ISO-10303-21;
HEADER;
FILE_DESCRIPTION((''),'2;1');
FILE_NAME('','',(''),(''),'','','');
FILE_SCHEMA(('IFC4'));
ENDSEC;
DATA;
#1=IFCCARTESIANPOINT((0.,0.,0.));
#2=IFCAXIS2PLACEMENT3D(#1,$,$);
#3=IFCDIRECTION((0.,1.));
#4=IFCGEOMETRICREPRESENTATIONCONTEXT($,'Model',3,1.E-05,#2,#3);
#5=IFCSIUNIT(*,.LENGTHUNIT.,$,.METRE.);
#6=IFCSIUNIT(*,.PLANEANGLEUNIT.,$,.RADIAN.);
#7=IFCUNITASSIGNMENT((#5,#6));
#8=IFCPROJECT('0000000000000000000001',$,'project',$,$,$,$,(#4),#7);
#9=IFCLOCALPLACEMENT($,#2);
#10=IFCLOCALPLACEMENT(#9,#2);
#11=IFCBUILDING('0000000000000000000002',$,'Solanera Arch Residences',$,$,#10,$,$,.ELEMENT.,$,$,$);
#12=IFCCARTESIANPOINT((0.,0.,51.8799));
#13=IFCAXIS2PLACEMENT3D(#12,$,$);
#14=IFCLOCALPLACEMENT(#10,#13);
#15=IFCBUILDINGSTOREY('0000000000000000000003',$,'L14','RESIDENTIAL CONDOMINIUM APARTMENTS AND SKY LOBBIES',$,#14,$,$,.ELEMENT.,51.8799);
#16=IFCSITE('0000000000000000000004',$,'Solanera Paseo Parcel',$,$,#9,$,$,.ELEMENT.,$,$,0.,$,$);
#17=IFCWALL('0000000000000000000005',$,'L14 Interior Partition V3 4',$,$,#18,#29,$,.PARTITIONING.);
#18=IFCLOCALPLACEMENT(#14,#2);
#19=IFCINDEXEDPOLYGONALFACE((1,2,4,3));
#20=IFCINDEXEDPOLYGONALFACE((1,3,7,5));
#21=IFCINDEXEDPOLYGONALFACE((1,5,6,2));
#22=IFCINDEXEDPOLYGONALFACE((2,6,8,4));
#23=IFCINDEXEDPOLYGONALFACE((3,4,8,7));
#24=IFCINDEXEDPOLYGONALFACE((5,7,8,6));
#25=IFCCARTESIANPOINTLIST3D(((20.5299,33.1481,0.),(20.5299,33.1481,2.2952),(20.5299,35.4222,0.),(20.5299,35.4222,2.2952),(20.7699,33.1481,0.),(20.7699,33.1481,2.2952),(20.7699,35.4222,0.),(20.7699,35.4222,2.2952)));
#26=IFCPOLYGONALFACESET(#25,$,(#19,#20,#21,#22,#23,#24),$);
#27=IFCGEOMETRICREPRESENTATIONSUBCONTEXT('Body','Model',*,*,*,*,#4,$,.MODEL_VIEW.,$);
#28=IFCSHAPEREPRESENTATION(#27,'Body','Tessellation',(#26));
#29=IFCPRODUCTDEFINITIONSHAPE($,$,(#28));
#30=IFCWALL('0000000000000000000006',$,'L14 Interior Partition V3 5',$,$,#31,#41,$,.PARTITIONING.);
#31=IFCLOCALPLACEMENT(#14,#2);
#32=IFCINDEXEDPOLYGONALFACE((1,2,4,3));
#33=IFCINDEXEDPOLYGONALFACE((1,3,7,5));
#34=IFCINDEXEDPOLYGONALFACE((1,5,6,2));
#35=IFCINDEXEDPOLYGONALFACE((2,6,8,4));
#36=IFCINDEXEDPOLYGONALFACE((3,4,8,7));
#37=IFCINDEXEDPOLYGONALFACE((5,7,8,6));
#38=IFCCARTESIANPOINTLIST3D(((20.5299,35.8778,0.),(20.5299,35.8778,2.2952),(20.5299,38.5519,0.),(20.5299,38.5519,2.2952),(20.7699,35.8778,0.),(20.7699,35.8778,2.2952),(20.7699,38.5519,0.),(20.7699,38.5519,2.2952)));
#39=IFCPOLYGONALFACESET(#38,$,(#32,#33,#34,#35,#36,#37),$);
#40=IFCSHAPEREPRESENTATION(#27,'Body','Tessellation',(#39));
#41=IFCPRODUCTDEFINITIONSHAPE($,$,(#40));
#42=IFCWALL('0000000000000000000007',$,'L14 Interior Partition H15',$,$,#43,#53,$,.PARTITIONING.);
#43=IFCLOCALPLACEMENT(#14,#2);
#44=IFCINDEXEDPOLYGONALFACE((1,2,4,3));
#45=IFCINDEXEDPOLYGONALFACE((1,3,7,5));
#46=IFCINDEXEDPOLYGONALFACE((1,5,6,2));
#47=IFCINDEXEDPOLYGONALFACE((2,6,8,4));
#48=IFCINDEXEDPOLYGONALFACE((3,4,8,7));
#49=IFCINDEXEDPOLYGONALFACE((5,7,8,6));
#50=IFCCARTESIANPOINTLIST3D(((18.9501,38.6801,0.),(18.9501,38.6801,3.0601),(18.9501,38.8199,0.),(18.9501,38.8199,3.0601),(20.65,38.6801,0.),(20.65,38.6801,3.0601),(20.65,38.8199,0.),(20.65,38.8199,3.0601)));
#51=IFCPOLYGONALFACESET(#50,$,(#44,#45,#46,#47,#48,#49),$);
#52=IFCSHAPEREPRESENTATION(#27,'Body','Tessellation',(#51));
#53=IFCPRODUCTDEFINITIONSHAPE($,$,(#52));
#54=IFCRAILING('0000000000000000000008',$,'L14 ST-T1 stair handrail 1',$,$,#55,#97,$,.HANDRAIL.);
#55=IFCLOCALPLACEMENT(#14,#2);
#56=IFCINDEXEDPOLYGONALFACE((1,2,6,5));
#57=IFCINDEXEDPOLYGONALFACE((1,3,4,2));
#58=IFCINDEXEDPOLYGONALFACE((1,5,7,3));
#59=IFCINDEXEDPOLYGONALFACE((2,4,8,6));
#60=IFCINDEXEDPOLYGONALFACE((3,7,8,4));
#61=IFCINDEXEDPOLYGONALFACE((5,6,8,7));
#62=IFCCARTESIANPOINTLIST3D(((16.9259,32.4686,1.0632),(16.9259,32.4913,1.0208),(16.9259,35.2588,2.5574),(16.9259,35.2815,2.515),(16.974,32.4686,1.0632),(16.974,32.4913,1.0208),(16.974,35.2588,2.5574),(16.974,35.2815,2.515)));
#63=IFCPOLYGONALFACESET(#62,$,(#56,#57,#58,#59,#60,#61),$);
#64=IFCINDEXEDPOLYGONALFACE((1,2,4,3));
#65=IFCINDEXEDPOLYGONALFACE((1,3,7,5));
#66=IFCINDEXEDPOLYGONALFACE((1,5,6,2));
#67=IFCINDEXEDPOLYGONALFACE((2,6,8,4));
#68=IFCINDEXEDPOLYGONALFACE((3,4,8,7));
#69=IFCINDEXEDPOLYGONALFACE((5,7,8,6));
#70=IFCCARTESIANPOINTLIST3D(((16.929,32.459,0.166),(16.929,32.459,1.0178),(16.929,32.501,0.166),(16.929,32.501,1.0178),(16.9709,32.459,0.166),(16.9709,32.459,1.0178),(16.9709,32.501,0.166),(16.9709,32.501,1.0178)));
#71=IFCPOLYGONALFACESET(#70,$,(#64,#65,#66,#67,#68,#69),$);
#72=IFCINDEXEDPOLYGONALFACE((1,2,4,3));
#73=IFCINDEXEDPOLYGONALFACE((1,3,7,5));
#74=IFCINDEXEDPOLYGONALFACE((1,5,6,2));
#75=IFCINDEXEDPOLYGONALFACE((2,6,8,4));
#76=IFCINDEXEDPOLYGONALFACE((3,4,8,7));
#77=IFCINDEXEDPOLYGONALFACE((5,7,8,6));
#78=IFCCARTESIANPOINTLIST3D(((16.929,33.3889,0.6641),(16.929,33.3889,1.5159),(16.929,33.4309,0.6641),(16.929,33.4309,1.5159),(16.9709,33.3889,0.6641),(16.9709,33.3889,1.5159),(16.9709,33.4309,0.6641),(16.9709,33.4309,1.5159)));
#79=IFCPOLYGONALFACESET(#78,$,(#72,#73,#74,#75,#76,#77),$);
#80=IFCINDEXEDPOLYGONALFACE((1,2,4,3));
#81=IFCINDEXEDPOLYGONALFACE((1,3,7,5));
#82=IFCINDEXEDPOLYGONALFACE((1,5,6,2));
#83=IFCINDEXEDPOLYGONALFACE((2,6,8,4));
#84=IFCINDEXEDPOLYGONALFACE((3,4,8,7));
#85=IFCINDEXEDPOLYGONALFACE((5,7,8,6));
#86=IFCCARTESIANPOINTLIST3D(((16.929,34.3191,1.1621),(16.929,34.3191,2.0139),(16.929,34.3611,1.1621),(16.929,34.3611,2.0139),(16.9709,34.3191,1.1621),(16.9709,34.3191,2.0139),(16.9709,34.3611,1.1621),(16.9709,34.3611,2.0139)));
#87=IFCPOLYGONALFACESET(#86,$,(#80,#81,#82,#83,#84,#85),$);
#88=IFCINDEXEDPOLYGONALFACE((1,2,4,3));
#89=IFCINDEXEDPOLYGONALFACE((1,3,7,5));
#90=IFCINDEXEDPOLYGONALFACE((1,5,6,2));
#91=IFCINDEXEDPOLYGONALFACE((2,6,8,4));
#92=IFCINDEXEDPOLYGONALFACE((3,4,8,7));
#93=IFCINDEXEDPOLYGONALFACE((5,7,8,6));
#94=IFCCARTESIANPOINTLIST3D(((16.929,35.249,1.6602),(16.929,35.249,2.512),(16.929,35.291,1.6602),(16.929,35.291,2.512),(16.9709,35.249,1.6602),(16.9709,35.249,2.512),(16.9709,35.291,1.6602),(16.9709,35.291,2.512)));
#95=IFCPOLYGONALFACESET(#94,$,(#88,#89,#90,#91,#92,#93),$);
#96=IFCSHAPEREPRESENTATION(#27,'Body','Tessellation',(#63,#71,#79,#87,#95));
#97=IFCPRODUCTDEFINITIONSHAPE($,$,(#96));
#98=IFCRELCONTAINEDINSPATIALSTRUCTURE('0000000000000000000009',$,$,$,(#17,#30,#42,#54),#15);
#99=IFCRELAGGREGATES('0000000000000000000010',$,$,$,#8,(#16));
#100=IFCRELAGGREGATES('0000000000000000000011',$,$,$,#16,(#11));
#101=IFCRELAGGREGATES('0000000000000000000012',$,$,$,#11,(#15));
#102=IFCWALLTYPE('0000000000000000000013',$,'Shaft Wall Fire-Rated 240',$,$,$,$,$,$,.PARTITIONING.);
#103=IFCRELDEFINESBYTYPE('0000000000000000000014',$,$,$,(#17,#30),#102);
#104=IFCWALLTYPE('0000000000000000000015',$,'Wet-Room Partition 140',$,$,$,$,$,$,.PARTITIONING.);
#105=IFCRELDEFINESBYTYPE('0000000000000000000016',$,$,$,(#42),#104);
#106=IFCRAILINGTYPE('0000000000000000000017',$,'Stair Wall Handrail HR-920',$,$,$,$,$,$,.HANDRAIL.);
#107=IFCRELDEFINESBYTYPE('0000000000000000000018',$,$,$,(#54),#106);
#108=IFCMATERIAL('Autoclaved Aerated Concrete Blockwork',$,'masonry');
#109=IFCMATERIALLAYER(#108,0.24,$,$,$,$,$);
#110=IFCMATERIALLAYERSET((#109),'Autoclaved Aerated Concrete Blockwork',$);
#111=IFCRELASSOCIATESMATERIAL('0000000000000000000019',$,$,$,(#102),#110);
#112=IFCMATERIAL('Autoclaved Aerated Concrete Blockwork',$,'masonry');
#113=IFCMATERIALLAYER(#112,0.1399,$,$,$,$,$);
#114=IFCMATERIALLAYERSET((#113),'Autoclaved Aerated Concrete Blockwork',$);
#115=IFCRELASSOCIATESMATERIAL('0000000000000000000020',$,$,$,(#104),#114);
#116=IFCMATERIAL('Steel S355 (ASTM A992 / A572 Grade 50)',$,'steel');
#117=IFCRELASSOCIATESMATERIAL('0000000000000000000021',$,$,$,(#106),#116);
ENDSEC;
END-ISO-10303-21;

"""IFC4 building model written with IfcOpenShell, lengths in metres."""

from ifc_helpers import new_model, si_unit, direction, frame, frame_2d, origin, origin_2d, place, context, subcontext, project, spatial, rectangle, extrude, material, layer, layer_set, type_object, element, save


model = new_model("IFC4")

# Units and contexts
model_context = context("Model", 3, precision=1e-05, world=origin(), true_north=direction((0.0, 1.0)))
body_context = subcontext(model_context, "Body", "Model", "MODEL_VIEW")
ifc_project = project(units=[si_unit("LENGTHUNIT", "METRE"), si_unit("PLANEANGLEUNIT", "RADIAN")], contexts=[model_context])

# Site, building, storey
site_placement = place(None, origin())
site = spatial("IfcSite", under=ifc_project, at=site_placement, Name="Solanera Paseo Parcel", CompositionType="ELEMENT", RefElevation=0.0)
building_placement = place(site_placement, origin())
building = spatial("IfcBuilding", under=site, at=building_placement, Name="Solanera Arch Residences", CompositionType="ELEMENT")
storey_placement = place(building_placement, frame((0.0, 0.0, 51.8799)))
storey = spatial("IfcBuildingStorey", under=building, at=storey_placement, Name="L14", Description="RESIDENTIAL CONDOMINIUM APARTMENTS AND SKY LOBBIES", CompositionType="ELEMENT", Elevation=51.8799)

# Shared definitions
ifc_material_1 = material(Name="Autoclaved Aerated Concrete Blockwork", Category="masonry")
ifc_layer_1 = layer(ifc_material_1, 0.24)
ifc_layer_set_1 = layer_set([ifc_layer_1], Name="Autoclaved Aerated Concrete Blockwork")
wall_type_1 = type_object("IfcWallType", Name="Shaft Wall Fire-Rated 240", PredefinedType="PARTITIONING", material=ifc_layer_set_1)

# Walls
wall_1_placement = place(storey_placement, frame((20.6499, 33.1479, 0.0), z_axis=(0.0, 0.0, 1.0), x_axis=(0.0, 1.0, 0.0)))
element("IfcWall", 1, at=wall_1_placement, inside=storey, type_object=wall_type_1, Name="L14 Interior Partition V3 4", PredefinedType="PARTITIONING", context=body_context, shape_type="SweptSolid", body=[
    extrude(rectangle(XDim=2.2742, YDim=0.24, at=frame_2d((1.1372, 0.0))), origin(), (0.0, 0.0, 1.0), 2.2952),
])
wall_2_placement = place(storey_placement, frame((20.6499, 35.8779, 0.0), z_axis=(0.0, 0.0, 1.0), x_axis=(0.0, 1.0, 0.0)))
element("IfcWall", 2, at=wall_2_placement, inside=storey, type_object=wall_type_1, Name="L14 Interior Partition V3 5", PredefinedType="PARTITIONING", context=body_context, shape_type="SweptSolid", body=[
    extrude(rectangle(XDim=2.6741, YDim=0.24, at=frame_2d((1.3369, 0.0))), origin(), (0.0, 0.0, 1.0), 2.2952),
])
ifc_material_2 = material(Name="Autoclaved Aerated Concrete Blockwork", Category="masonry")
ifc_layer_2 = layer(ifc_material_2, 0.1399)
ifc_layer_set_2 = layer_set([ifc_layer_2], Name="Autoclaved Aerated Concrete Blockwork")
wall_type_2 = type_object("IfcWallType", Name="Wet-Room Partition 140", PredefinedType="PARTITIONING", material=ifc_layer_set_2)
wall_3_placement = place(storey_placement, frame((18.95, 38.75, 0.0), z_axis=(0.0, 0.0, 1.0), x_axis=(1.0, 0.0, 0.0)))
element("IfcWall", 3, at=wall_3_placement, inside=storey, type_object=wall_type_2, Name="L14 Interior Partition H15", PredefinedType="PARTITIONING", context=body_context, shape_type="SweptSolid", body=[
    extrude(rectangle(XDim=1.7, YDim=0.1399, at=frame_2d((0.8501, 0.0))), origin(), (0.0, 0.0, 1.0), 3.0601),
])

# Railing
ifc_material_3 = material(Name="Steel S355 (ASTM A992 / A572 Grade 50)", Category="steel")
railing_type = type_object("IfcRailingType", Name="Stair Wall Handrail HR-920", PredefinedType="HANDRAIL", material=ifc_material_3)
railing_placement = place(storey_placement, frame((16.95, 32.48, 0.166)))
element("IfcRailing", 4, at=railing_placement, inside=storey, type_object=railing_type, Name="L14 ST-T1 stair handrail 1", PredefinedType="HANDRAIL", context=body_context, shape_type="SweptSolid", body=[
    extrude(rectangle(XDim=0.0481, YDim=0.0481, at=origin_2d()), frame((0.0, 0.0, 0.876), z_axis=(0.0, 0.881549, 0.472093), x_axis=(-1.0, 0.0, 0.0)), (0.0, 0.0, 1.0), 3.165),
    extrude(rectangle(XDim=0.042, YDim=0.042, at=origin_2d()), origin(), (0.0, 0.0, 1.0), 0.8518),
    extrude(rectangle(XDim=0.042, YDim=0.042, at=origin_2d()), frame((0.0, 0.9299, 0.498)), (0.0, 0.0, 1.0), 0.8518),
    extrude(rectangle(XDim=0.042, YDim=0.042, at=origin_2d()), frame((0.0, 1.8601, 0.9961)), (0.0, 0.0, 1.0), 0.8518),
    extrude(rectangle(XDim=0.042, YDim=0.042, at=origin_2d()), frame((0.0, 2.79, 1.4941)), (0.0, 0.0, 1.0), 0.8518),
])

save(model, "model.ifc")
